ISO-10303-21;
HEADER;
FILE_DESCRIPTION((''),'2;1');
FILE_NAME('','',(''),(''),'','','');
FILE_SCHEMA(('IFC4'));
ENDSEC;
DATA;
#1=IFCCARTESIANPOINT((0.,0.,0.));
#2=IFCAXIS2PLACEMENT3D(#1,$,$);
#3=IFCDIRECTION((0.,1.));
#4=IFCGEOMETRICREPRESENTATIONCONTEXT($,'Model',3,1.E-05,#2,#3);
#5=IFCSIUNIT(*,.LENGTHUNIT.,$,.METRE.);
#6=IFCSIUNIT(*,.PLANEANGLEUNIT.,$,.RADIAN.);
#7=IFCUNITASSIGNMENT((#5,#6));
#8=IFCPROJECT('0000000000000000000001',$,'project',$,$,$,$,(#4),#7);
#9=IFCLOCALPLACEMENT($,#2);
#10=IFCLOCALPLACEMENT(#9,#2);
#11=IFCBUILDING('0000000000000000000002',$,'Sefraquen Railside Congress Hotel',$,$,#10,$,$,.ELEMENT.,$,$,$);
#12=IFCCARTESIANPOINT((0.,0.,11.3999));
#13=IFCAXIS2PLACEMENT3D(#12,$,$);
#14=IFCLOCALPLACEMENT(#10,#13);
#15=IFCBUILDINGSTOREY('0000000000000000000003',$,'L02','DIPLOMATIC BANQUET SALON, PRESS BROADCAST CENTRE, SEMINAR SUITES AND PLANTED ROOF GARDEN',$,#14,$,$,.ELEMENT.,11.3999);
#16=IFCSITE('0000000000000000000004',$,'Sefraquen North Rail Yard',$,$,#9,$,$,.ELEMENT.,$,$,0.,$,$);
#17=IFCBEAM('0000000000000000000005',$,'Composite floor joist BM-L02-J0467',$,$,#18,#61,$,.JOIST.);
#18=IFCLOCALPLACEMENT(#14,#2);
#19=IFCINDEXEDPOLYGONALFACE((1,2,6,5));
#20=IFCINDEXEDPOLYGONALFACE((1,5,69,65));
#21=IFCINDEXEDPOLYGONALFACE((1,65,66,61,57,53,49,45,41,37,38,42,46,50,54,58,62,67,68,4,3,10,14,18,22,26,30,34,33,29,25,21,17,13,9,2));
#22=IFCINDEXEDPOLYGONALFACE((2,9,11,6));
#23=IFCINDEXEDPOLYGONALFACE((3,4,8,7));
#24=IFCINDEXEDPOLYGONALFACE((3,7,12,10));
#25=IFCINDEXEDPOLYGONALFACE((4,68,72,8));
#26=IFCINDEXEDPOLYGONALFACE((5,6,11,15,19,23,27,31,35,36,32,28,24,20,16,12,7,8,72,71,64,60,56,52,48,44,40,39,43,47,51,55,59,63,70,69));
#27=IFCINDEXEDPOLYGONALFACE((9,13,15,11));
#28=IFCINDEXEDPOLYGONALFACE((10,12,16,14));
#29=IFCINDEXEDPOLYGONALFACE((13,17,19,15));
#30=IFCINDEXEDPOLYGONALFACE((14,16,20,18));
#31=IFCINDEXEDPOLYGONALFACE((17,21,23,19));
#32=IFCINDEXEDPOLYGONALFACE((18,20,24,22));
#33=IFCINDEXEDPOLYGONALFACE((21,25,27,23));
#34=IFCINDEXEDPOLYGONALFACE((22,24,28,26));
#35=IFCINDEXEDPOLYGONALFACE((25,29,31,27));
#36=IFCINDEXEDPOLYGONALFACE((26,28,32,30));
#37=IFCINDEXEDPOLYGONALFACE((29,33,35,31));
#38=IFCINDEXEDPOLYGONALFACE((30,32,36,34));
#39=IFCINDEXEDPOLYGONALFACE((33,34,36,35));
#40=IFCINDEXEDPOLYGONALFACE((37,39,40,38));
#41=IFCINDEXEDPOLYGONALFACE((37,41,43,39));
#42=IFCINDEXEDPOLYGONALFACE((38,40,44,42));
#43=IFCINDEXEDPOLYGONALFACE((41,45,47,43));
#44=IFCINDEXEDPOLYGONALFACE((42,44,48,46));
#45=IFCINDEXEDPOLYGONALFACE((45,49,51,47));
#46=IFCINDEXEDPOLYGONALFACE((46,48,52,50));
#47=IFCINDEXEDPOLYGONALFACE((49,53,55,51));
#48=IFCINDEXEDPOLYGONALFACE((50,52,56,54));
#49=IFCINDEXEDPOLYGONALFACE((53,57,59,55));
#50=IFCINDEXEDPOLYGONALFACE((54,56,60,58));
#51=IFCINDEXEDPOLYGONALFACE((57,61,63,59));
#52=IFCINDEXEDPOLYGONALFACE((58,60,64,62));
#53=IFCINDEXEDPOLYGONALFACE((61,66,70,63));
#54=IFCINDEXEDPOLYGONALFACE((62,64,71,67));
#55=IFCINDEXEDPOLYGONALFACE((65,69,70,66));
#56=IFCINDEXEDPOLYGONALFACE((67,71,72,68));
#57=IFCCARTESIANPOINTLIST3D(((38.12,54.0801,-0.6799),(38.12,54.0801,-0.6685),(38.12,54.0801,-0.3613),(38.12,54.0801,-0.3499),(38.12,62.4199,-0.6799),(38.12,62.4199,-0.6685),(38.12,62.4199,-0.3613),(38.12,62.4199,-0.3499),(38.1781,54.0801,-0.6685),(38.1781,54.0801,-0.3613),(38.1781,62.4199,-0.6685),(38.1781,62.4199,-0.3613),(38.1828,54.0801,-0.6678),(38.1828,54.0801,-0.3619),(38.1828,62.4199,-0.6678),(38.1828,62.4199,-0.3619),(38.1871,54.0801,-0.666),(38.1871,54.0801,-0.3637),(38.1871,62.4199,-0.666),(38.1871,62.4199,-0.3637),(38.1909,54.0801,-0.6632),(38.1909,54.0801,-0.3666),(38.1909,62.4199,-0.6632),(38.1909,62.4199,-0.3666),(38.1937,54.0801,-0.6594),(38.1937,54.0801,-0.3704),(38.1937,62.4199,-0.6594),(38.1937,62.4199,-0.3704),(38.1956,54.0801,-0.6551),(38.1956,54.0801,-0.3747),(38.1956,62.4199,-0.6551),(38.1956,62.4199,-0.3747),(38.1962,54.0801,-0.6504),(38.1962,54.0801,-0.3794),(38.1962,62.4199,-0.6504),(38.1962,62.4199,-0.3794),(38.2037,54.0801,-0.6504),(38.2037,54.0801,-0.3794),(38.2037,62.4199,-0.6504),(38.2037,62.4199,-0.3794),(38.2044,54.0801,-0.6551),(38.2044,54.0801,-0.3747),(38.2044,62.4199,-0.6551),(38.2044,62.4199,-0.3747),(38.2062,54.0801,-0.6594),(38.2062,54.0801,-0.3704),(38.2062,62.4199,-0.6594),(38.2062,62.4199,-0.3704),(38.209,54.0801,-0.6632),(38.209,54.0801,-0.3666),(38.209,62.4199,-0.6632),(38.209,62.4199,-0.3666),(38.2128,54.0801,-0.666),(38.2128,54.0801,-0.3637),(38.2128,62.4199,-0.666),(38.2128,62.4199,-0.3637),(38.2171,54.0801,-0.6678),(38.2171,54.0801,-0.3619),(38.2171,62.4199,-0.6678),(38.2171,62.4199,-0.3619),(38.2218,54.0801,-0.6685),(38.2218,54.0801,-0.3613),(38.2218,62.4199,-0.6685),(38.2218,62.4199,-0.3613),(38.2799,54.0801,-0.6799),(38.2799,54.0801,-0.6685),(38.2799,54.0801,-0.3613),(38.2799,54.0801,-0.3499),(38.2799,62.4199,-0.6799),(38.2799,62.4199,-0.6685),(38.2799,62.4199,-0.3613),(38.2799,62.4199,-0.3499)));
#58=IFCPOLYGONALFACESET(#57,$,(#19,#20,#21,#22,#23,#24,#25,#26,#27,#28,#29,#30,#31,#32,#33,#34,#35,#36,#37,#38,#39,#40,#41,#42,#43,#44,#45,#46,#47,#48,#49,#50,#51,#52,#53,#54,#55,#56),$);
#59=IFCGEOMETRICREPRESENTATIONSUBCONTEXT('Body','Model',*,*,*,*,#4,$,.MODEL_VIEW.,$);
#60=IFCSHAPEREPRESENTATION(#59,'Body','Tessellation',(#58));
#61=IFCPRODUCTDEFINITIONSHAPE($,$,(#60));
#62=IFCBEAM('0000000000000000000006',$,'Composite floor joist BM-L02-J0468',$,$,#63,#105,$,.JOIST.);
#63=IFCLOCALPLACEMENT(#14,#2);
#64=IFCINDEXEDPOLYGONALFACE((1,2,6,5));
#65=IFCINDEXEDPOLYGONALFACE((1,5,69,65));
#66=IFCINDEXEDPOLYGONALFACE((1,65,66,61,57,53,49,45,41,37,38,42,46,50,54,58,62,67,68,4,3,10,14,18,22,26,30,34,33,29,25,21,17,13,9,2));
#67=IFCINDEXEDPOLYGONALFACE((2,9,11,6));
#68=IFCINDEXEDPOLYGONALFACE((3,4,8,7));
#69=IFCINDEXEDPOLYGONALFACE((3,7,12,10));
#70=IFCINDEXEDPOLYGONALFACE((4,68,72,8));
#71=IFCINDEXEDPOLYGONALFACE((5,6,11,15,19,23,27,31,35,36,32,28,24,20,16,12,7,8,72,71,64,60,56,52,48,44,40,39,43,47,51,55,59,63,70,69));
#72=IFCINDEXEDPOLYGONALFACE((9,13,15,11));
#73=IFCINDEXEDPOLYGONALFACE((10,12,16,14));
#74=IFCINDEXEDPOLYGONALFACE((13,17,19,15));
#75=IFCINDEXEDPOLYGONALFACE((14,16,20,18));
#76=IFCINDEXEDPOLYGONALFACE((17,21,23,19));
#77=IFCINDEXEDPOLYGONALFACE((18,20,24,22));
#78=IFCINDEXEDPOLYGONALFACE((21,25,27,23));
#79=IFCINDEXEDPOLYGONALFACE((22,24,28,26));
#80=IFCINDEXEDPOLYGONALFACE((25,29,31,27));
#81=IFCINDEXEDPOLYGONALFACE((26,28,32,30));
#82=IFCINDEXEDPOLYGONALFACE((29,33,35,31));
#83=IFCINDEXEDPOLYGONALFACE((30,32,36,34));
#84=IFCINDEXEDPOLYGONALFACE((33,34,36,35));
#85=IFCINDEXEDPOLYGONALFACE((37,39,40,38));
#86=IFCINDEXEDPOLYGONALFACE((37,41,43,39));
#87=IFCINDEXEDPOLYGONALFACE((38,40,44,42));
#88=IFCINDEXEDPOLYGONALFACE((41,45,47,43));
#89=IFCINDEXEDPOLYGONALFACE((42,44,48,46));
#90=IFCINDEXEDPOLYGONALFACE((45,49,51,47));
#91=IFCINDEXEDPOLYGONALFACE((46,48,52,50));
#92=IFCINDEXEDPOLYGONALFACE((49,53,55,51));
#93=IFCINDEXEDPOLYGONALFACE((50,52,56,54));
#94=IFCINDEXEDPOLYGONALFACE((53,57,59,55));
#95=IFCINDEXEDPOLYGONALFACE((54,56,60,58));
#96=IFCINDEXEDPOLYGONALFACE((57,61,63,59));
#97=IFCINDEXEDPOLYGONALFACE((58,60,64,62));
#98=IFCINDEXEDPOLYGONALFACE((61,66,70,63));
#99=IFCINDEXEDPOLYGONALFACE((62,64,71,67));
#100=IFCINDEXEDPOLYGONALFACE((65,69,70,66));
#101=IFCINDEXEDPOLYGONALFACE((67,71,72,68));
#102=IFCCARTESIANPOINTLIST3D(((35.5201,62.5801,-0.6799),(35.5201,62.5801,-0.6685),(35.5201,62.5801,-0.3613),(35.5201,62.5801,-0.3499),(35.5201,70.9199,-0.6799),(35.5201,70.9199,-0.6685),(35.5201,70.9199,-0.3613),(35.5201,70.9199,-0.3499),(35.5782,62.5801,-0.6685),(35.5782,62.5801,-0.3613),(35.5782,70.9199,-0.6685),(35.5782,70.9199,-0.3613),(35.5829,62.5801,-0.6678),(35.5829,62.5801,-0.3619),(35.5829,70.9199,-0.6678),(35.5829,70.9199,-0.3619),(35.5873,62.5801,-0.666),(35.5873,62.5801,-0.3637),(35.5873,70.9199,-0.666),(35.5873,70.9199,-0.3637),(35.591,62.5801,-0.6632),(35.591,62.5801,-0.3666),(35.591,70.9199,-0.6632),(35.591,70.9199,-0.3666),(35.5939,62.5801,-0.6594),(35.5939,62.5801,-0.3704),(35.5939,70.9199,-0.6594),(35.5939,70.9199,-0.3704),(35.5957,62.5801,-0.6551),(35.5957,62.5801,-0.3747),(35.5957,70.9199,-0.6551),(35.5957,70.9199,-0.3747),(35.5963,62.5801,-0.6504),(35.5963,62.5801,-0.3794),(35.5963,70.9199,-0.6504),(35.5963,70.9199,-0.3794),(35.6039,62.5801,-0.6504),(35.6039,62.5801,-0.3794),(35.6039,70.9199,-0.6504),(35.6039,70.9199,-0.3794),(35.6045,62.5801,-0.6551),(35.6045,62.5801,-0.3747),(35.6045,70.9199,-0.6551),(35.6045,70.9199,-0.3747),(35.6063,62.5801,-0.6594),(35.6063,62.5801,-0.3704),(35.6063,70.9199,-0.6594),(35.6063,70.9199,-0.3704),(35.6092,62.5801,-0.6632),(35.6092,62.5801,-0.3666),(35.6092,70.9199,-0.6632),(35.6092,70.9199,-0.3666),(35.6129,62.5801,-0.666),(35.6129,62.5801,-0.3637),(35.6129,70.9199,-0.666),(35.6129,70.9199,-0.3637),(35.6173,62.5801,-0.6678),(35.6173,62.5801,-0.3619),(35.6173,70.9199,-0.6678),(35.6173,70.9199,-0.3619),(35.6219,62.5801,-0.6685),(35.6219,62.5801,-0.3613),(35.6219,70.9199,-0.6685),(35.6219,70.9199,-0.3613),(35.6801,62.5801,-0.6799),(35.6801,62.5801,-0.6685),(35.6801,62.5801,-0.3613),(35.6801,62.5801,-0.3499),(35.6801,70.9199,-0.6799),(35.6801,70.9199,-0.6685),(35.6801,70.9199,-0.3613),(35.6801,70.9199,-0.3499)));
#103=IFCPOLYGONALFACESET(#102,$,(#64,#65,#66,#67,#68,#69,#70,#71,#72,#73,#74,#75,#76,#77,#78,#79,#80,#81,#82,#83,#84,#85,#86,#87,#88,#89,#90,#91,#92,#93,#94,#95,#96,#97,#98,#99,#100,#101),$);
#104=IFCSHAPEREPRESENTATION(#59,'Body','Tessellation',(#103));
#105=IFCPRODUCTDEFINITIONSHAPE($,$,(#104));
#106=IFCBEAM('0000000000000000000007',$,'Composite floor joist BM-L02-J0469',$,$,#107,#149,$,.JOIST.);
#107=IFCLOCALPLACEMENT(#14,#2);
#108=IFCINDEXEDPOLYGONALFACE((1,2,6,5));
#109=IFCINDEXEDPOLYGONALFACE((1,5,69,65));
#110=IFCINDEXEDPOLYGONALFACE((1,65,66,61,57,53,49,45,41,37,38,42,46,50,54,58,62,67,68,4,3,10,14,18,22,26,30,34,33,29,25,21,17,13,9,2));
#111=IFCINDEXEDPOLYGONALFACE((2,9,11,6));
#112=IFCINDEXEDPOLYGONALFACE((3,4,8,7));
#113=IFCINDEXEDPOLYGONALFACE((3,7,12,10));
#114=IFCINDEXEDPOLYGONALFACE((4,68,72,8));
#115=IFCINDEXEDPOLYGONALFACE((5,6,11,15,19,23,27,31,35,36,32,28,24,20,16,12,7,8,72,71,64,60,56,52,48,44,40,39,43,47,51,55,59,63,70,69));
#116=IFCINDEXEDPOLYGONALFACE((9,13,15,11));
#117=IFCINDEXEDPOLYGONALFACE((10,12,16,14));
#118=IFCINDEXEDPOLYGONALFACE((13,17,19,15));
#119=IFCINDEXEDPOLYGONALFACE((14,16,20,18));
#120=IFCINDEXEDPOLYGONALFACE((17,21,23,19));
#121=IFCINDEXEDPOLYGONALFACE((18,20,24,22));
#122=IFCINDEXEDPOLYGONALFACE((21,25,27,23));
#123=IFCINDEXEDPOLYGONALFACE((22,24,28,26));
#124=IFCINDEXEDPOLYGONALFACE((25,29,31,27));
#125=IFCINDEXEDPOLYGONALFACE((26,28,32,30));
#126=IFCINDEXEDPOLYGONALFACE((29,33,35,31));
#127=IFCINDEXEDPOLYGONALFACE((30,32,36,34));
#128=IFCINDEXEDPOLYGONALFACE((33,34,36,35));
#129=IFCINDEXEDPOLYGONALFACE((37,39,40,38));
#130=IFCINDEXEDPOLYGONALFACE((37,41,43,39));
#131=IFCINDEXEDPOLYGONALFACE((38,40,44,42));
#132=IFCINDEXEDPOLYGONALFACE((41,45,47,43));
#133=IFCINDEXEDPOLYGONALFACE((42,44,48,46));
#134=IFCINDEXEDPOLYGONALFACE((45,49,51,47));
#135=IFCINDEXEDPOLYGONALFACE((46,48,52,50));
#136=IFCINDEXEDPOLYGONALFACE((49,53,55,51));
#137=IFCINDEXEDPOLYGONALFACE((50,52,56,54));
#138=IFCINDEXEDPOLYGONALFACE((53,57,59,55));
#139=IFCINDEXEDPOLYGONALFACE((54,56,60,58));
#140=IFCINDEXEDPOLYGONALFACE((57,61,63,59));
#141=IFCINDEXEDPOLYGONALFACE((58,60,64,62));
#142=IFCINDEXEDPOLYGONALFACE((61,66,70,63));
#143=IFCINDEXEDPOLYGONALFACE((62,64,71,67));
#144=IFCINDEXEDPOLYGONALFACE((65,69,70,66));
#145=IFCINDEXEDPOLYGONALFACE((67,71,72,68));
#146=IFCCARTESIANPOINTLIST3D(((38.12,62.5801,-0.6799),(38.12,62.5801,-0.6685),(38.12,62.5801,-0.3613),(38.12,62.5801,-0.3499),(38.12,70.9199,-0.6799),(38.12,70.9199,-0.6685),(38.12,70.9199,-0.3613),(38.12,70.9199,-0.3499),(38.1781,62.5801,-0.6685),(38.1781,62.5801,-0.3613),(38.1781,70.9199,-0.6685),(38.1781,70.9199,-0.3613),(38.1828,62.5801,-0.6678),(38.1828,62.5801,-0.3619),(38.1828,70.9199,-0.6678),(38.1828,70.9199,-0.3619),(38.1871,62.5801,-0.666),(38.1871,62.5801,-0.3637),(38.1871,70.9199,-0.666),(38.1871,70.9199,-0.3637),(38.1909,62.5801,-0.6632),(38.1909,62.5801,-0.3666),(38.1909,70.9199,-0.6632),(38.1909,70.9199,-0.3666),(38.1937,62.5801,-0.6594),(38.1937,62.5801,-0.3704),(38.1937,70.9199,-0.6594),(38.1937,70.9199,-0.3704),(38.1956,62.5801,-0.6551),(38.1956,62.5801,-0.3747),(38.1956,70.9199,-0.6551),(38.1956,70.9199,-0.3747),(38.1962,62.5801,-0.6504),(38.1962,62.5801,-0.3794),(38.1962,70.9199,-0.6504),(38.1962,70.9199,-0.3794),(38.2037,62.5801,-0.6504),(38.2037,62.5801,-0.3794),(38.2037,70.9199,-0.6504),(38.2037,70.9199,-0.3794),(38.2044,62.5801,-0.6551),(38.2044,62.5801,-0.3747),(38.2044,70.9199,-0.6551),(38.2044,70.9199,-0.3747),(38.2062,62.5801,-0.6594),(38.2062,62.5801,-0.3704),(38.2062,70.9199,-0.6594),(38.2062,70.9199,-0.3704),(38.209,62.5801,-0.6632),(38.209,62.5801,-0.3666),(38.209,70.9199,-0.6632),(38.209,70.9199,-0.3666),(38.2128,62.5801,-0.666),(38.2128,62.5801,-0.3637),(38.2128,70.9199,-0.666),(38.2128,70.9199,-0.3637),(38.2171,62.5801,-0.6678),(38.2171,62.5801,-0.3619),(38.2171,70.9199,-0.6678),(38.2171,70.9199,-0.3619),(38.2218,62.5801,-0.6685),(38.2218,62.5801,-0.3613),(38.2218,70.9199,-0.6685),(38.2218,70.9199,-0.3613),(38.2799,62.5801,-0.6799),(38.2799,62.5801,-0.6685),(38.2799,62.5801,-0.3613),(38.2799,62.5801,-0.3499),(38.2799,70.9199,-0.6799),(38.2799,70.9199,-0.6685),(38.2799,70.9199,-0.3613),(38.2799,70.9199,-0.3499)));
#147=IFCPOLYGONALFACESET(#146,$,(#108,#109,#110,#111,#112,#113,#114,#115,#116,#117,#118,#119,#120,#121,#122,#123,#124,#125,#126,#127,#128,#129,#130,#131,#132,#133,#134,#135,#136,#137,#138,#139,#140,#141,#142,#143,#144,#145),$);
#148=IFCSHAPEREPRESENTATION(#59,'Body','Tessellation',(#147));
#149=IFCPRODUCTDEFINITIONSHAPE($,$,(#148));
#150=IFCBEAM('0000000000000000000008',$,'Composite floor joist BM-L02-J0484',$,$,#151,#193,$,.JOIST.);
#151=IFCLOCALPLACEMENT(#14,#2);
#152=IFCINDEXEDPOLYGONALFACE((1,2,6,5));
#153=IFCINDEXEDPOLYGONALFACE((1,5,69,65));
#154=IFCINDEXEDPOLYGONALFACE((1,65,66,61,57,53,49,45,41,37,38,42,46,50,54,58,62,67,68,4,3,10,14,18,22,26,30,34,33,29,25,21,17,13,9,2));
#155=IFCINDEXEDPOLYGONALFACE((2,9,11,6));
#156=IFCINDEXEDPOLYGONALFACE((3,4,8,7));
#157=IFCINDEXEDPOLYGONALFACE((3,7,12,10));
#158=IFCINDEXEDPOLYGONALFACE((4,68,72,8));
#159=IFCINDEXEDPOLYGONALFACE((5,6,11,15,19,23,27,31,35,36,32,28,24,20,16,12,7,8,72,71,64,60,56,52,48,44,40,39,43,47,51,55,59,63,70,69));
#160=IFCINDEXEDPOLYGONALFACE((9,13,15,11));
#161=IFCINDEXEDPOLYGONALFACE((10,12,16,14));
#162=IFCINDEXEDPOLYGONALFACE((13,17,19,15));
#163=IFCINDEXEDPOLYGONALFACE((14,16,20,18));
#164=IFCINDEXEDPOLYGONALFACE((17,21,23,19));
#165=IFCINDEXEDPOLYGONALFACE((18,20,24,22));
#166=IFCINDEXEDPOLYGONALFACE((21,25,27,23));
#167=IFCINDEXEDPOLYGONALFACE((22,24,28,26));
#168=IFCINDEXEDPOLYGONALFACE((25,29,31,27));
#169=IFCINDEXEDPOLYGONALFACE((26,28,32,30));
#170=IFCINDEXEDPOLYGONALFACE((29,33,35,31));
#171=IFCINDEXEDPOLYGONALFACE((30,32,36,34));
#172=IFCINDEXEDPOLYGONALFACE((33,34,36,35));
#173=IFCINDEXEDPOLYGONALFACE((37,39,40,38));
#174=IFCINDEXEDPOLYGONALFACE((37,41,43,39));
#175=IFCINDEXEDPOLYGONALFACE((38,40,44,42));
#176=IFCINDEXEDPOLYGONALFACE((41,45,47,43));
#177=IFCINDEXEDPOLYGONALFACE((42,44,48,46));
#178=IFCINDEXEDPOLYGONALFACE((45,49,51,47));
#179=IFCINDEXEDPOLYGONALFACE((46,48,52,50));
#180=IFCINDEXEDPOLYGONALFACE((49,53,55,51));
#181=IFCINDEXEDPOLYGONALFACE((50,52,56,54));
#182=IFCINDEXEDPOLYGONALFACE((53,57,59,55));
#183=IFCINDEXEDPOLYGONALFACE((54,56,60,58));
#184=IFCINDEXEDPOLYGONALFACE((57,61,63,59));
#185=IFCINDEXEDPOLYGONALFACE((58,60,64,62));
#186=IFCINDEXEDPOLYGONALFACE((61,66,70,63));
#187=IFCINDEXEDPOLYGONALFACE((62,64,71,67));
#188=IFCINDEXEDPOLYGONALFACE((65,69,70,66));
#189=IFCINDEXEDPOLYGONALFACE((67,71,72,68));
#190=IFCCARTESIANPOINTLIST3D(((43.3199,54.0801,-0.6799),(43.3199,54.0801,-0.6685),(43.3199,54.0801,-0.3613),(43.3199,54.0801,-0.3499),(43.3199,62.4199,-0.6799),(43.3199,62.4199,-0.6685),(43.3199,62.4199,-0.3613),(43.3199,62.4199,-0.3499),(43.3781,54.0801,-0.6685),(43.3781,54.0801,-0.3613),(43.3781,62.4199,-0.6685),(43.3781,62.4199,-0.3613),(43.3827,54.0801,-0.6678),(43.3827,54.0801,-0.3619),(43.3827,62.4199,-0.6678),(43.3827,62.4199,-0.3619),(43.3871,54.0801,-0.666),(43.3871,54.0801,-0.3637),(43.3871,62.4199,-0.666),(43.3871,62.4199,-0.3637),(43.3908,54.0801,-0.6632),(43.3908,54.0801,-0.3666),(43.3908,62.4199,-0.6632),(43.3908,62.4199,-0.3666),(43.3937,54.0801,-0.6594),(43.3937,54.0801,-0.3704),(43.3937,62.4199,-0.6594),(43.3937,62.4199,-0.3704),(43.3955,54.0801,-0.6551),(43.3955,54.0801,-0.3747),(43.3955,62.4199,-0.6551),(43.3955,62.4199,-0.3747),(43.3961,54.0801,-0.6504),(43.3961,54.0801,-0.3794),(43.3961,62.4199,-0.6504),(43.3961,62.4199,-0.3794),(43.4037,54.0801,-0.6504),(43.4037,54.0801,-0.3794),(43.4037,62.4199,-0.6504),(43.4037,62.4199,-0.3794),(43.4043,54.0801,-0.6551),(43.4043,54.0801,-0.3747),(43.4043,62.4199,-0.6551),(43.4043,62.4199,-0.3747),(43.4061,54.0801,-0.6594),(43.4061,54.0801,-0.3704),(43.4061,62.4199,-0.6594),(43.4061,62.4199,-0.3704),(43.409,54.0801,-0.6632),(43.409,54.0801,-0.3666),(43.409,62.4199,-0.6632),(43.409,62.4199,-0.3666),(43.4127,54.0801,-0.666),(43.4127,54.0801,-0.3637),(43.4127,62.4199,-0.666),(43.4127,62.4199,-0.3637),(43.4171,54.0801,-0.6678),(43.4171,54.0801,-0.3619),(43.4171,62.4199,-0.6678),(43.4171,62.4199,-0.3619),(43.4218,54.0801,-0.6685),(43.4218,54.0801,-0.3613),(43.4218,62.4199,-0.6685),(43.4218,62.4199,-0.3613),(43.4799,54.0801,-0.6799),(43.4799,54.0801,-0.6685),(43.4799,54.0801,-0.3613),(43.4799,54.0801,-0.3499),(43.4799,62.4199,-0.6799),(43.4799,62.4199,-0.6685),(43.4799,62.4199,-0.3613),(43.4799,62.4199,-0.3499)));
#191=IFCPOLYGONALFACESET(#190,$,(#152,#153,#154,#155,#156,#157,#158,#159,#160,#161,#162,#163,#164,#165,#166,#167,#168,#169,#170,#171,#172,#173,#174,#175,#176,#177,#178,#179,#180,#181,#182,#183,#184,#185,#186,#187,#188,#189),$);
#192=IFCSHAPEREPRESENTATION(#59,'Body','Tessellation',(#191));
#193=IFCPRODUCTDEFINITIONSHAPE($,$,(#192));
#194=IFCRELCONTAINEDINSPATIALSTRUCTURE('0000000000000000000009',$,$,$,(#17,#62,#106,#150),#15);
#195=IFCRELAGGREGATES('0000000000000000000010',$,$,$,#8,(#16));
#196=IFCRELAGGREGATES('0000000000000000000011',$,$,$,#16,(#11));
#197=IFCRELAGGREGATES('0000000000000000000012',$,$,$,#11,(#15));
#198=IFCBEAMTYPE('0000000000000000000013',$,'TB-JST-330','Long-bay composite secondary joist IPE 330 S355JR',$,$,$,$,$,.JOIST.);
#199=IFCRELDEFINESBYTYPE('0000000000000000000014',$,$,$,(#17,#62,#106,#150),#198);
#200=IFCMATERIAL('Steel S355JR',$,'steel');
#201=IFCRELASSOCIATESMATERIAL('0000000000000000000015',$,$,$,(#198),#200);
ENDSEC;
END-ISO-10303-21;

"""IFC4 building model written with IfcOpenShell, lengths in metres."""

from ifc_helpers import new_model, si_unit, direction, frame, origin, origin_2d, place, context, subcontext, project, spatial, i_section, extrude, material, material_profile, profile_set, type_object, element, save


model = new_model("IFC4")

# Units and contexts
model_context = context("Model", 3, precision=1e-05, world=origin(), true_north=direction((0.0, 1.0)))
body_context = subcontext(model_context, "Body", "Model", "MODEL_VIEW")
ifc_project = project(units=[si_unit("LENGTHUNIT", "METRE"), si_unit("PLANEANGLEUNIT", "RADIAN")], contexts=[model_context])

# Site, building, storey
site_placement = place(None, origin())
site = spatial("IfcSite", under=ifc_project, at=site_placement, Name="Sefraquen North Rail Yard", CompositionType="ELEMENT", RefElevation=0.0)
building_placement = place(site_placement, origin())
building = spatial("IfcBuilding", under=site, at=building_placement, Name="Sefraquen Railside Congress Hotel", CompositionType="ELEMENT")
storey_placement = place(building_placement, frame((0.0, 0.0, 11.3999)))
storey = spatial("IfcBuildingStorey", under=building, at=storey_placement, Name="L02", Description="DIPLOMATIC BANQUET SALON, PRESS BROADCAST CENTRE, SEMINAR SUITES AND PLANTED ROOF GARDEN", CompositionType="ELEMENT", Elevation=11.3999)

# Shared definitions
ifc_material_1 = material(Name="Steel S355JR", Category="steel")

# Beams
ifc_material_profile_1 = material_profile(ifc_material_1, i_section(OverallWidth=0.1599, OverallDepth=0.3301, WebThickness=0.0076, FlangeThickness=0.0115, FilletRadius=0.0181, at=origin_2d()), Name="IPE 330")
ifc_profile_set_1 = profile_set([ifc_material_profile_1], Name="Steel S355JR")
beam_type_1 = type_object("IfcBeamType", Name="TB-JST-330", Description="Long-bay composite secondary joist IPE 330 S355JR", PredefinedType="JOIST", material=ifc_profile_set_1)
for number, where, z_axis, x_axis, name in (
    (1, (38.2, 54.0801, -0.5149), (0.0, 1.0, 0.0), (-1.0, 0.0, 0.0), "Composite floor joist BM-L02-J0467"),
    (2, (35.6001, 62.5801, -0.5149), (0.0, 1.0, 0.0), (-1.0, 0.0, 0.0), "Composite floor joist BM-L02-J0468"),
    (3, (38.2, 62.5801, -0.5149), (0.0, 1.0, 0.0), (-1.0, 0.0, 0.0), "Composite floor joist BM-L02-J0469"),
    (4, (43.3999, 54.0801, -0.5149), (0.0, 1.0, 0.0), (-1.0, 0.0, 0.0), "Composite floor joist BM-L02-J0484"),
):
    element("IfcBeam", number, at=place(storey_placement, frame(where, z_axis=z_axis, x_axis=x_axis)), inside=storey, type_object=beam_type_1, Name=name, PredefinedType="JOIST", context=body_context, shape_type="SweptSolid", body=[
        extrude(i_section(OverallWidth=0.1599, OverallDepth=0.3301, WebThickness=0.0076, FlangeThickness=0.0115, FilletRadius=0.0181, at=origin_2d()), origin(), (0.0, 0.0, 1.0), 8.3398),
    ])

save(model, "model.ifc")
